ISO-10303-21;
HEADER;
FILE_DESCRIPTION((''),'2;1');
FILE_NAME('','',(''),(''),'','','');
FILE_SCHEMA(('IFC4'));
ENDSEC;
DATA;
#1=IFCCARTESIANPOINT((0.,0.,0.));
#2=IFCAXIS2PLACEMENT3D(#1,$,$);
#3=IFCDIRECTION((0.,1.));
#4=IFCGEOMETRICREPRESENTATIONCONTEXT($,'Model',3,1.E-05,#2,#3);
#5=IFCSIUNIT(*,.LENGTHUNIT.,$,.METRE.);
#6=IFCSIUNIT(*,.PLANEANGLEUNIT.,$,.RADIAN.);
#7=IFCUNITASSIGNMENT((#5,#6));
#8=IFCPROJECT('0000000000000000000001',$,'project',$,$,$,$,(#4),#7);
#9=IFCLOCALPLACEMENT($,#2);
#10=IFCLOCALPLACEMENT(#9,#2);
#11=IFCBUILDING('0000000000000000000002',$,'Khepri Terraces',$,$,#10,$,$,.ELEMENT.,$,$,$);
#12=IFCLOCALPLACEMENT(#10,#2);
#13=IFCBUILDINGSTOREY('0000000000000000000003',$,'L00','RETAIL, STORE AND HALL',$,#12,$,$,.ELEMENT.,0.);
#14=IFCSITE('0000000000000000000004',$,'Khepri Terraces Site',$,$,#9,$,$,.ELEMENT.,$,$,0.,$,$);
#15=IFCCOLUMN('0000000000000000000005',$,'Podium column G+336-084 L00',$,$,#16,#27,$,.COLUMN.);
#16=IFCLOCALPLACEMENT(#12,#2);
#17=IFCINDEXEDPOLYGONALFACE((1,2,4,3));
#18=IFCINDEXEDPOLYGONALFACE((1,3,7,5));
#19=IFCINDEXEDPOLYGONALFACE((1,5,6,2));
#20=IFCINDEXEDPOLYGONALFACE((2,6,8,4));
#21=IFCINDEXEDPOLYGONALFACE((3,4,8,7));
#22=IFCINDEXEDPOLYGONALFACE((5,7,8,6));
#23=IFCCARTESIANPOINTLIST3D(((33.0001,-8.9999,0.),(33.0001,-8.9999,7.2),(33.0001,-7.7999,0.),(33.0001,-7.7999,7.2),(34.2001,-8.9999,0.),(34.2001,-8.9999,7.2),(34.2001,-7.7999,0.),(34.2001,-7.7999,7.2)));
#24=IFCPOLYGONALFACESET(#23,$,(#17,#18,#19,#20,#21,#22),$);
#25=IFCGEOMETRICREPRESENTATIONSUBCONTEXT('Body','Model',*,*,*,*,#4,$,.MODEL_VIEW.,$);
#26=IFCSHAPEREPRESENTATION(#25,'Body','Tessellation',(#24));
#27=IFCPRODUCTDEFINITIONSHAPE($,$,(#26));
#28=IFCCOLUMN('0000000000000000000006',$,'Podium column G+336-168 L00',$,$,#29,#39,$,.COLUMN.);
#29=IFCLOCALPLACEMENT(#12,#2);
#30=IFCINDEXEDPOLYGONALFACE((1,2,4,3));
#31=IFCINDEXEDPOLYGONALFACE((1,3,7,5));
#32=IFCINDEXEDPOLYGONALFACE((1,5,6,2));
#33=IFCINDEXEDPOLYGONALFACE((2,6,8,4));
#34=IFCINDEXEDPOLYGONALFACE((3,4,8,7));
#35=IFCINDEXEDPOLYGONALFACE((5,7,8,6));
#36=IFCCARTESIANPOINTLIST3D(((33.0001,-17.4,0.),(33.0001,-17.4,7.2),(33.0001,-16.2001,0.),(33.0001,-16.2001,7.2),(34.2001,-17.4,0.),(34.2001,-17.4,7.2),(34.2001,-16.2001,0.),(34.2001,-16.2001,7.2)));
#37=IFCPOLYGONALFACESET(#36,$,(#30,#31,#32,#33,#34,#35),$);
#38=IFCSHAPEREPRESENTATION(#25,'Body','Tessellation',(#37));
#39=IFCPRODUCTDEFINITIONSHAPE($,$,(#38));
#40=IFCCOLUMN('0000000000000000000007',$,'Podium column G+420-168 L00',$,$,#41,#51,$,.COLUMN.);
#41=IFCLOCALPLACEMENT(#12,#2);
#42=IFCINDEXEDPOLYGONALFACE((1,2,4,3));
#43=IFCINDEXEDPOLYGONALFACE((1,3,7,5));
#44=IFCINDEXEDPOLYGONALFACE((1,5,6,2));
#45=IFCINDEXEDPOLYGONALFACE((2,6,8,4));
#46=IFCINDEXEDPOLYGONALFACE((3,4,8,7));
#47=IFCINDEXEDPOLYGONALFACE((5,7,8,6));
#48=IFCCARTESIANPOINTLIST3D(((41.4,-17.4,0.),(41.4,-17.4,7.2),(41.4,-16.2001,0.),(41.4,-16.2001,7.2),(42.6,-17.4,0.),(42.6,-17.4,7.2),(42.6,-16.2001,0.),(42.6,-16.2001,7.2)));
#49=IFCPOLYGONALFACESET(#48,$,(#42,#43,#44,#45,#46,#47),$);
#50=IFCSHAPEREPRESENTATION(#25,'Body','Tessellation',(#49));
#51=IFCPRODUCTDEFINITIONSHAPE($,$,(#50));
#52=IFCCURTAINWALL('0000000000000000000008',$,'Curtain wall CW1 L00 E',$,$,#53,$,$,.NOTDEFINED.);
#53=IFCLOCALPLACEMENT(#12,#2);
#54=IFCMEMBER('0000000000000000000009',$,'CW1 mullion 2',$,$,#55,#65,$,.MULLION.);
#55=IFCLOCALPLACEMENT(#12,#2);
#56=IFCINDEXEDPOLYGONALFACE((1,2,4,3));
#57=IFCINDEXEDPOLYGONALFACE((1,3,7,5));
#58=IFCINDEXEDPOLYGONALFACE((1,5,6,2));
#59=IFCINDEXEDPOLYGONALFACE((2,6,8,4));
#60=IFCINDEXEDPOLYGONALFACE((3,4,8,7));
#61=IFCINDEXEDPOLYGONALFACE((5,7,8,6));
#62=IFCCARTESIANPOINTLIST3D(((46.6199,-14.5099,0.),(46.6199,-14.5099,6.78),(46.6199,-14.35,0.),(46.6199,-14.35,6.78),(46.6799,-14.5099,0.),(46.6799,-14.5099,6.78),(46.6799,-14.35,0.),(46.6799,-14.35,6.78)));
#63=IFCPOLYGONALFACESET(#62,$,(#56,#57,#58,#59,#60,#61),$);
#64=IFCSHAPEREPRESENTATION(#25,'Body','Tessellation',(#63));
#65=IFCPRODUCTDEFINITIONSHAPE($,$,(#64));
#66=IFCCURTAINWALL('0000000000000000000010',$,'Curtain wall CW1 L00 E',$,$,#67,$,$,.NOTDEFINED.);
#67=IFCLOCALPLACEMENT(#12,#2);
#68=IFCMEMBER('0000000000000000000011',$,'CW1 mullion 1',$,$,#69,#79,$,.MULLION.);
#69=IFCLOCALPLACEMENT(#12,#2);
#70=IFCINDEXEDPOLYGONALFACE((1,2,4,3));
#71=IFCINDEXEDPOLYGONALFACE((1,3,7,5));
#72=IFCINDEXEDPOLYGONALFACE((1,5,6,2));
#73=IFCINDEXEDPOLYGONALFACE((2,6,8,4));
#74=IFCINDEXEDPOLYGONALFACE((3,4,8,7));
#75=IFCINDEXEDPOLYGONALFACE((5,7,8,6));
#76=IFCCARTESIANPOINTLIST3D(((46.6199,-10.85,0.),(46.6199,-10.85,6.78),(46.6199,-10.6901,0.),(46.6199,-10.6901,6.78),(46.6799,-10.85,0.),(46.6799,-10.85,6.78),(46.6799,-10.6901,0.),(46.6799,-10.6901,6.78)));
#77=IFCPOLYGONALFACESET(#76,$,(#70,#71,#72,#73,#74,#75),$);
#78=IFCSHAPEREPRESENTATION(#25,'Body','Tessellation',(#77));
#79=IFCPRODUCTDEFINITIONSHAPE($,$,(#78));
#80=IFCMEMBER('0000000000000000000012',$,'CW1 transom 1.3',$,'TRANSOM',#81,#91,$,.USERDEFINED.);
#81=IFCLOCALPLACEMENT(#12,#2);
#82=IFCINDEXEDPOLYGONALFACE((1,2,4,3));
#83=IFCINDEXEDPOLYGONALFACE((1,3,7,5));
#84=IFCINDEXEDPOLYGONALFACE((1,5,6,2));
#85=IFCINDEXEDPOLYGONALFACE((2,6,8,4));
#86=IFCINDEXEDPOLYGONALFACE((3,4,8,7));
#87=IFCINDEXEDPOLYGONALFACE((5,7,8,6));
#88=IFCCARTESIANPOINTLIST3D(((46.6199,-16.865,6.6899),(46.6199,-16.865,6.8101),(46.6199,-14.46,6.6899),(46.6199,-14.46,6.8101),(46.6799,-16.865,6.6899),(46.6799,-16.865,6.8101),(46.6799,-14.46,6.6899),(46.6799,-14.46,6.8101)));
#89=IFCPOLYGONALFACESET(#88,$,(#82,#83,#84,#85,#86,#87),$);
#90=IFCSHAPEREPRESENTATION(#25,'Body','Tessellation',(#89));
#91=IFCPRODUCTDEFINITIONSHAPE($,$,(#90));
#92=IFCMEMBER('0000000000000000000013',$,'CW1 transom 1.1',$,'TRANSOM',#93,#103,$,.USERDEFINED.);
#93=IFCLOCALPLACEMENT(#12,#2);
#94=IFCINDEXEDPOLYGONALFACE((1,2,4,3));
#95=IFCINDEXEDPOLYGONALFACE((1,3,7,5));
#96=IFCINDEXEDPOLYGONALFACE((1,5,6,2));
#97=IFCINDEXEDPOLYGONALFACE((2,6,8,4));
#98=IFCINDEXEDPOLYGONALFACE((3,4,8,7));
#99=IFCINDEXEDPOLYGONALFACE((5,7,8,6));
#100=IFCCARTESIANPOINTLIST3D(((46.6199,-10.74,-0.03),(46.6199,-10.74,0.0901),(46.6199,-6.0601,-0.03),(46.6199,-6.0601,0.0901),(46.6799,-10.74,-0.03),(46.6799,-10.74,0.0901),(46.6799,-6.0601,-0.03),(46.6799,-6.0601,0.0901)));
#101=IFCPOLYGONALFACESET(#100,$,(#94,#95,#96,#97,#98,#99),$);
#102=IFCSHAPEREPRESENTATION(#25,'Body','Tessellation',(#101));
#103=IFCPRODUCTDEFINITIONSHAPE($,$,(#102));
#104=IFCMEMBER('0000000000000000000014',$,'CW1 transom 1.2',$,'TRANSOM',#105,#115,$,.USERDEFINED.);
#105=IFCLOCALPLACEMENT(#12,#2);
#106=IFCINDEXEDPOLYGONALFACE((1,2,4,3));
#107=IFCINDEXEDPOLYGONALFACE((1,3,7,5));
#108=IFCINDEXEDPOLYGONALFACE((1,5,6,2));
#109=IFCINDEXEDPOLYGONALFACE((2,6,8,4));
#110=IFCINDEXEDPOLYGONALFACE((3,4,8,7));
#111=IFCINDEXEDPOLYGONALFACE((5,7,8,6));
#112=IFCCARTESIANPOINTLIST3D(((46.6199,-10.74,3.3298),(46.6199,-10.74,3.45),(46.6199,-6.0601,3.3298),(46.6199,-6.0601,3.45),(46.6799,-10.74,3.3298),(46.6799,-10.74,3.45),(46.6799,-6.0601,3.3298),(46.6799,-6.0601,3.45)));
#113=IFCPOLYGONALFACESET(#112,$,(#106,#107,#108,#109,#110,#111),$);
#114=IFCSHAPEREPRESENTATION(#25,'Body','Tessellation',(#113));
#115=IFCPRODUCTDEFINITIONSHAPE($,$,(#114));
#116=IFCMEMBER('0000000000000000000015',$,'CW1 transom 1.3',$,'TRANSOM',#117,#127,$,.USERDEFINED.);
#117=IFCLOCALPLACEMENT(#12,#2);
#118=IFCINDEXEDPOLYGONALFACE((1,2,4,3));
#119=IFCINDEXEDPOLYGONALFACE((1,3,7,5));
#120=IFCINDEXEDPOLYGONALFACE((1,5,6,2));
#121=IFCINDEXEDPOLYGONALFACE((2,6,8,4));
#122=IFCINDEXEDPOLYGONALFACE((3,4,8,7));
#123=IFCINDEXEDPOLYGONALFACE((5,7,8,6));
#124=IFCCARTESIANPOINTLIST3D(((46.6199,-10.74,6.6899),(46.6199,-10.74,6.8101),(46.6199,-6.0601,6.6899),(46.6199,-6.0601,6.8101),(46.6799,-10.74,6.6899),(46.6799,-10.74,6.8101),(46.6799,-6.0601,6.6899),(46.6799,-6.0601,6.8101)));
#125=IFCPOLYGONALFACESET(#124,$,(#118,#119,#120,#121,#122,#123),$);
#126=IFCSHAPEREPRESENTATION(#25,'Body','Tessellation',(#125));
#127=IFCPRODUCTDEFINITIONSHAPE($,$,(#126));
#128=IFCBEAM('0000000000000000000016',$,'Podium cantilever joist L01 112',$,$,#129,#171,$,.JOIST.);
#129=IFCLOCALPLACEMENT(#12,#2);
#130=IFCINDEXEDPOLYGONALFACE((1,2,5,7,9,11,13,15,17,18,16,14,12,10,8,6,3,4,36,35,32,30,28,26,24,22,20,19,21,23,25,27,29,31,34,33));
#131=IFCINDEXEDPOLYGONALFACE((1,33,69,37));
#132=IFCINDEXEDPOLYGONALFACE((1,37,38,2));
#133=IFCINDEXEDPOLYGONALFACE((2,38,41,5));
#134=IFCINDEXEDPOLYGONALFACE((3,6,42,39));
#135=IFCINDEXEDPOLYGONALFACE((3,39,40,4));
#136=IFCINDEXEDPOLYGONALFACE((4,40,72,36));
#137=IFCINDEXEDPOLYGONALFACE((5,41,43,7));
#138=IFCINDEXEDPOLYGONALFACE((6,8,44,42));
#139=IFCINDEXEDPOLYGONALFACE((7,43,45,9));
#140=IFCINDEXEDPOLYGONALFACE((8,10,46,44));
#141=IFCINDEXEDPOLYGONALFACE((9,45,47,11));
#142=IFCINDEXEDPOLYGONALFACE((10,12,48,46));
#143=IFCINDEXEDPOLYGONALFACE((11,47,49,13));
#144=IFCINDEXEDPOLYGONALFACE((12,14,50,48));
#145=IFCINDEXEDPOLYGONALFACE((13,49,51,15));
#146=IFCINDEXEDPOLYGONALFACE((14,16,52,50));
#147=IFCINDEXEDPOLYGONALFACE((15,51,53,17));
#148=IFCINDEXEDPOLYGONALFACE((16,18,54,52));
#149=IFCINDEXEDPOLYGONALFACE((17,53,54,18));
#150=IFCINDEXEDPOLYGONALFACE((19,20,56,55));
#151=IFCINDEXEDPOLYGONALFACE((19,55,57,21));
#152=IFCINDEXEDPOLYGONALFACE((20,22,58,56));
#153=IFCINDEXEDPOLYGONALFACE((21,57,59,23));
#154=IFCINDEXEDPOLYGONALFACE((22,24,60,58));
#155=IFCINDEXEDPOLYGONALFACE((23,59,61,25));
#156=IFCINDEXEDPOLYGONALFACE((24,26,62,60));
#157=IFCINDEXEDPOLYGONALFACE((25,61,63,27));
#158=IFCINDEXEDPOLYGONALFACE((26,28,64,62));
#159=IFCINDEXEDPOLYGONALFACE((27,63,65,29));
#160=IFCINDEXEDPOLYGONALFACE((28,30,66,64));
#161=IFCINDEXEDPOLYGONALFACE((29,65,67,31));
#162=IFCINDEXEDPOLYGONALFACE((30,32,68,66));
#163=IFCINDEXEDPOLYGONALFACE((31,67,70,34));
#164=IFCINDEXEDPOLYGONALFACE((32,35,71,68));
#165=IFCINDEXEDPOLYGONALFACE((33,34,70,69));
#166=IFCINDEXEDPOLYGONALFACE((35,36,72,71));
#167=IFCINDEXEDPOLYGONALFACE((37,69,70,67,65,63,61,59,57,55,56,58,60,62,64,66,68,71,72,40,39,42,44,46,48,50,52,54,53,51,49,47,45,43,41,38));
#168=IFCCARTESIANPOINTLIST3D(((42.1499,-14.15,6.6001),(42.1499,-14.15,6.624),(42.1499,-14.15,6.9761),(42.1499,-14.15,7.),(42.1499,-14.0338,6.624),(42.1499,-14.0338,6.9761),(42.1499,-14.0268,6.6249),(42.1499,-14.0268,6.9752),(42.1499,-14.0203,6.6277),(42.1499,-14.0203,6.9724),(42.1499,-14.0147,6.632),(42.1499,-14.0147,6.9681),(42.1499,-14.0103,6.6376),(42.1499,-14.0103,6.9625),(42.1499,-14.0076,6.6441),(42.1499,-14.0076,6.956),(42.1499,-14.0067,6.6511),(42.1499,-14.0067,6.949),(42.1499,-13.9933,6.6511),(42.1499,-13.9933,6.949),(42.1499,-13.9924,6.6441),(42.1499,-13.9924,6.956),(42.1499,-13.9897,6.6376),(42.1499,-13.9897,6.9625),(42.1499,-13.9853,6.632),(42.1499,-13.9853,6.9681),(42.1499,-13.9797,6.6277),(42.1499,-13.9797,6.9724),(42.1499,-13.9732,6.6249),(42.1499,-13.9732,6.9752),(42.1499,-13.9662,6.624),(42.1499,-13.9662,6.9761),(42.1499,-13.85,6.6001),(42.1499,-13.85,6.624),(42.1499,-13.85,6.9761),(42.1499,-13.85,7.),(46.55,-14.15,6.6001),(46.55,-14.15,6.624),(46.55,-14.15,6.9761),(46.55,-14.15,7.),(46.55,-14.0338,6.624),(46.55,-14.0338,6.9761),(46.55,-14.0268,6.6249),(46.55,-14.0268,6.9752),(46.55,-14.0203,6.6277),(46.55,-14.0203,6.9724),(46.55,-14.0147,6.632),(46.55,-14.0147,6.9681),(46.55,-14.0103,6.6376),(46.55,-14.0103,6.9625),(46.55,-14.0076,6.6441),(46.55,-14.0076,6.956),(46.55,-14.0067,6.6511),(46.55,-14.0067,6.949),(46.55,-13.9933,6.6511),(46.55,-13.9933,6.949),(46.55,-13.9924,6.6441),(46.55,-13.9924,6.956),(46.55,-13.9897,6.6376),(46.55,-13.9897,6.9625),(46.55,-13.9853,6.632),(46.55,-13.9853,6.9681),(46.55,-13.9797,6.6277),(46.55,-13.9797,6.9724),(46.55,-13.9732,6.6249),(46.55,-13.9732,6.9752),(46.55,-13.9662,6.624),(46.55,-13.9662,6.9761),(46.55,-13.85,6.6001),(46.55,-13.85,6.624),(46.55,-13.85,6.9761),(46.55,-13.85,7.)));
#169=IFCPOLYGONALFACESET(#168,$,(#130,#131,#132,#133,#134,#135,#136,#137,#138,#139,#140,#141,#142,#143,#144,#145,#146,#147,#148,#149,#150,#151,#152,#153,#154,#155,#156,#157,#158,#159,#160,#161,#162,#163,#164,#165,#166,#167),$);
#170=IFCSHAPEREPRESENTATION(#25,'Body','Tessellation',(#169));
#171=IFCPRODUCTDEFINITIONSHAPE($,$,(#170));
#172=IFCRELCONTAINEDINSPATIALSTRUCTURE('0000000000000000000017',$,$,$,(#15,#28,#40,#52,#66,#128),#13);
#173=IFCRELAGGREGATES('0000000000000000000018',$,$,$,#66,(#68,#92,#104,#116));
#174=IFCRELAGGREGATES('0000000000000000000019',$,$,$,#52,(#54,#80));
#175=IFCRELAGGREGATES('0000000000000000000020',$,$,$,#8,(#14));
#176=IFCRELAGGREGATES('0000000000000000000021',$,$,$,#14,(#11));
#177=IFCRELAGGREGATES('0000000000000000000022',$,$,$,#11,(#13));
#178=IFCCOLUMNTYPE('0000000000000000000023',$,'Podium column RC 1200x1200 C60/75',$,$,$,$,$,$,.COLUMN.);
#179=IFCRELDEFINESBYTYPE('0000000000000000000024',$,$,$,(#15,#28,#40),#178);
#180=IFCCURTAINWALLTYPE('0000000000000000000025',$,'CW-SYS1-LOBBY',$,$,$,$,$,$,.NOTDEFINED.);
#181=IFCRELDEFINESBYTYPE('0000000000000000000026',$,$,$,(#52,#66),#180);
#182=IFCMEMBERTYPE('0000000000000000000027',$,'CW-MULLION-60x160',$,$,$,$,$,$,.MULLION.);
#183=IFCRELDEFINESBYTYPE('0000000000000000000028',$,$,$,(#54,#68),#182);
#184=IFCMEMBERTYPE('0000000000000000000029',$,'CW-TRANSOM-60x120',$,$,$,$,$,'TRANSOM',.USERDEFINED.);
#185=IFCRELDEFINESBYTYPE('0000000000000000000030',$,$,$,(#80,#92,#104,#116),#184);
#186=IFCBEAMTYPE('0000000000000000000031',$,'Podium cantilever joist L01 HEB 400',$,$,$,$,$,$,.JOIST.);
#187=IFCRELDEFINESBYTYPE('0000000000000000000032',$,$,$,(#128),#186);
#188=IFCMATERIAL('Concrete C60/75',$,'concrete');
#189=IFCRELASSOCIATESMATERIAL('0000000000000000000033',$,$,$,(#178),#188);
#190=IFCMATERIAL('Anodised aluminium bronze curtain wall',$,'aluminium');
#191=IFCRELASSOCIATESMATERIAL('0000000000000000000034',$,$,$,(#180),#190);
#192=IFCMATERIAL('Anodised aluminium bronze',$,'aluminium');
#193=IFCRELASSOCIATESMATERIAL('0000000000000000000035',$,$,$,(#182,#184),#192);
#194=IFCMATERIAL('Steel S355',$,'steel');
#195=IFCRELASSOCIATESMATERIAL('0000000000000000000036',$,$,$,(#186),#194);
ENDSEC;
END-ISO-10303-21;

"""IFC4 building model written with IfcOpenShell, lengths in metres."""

from ifc_helpers import new_model, si_unit, direction, frame, origin, origin_2d, place, context, subcontext, project, spatial, rectangle, i_section, extrude, material, material_profile, profile_set, type_object, element, aggregate, save


model = new_model("IFC4")

# Units and contexts
model_context = context("Model", 3, precision=1e-05, world=origin(), true_north=direction((0.0, 1.0)))
body_context = subcontext(model_context, "Body", "Model", "MODEL_VIEW")
ifc_project = project(units=[si_unit("LENGTHUNIT", "METRE"), si_unit("PLANEANGLEUNIT", "RADIAN")], contexts=[model_context])

# Site, building, storey
site_placement = place(None, origin())
site = spatial("IfcSite", under=ifc_project, at=site_placement, Name="Khepri Terraces Site", CompositionType="ELEMENT", RefElevation=0.0)
building_placement = place(site_placement, origin())
building = spatial("IfcBuilding", under=site, at=building_placement, Name="Khepri Terraces", CompositionType="ELEMENT")
storey_placement = place(building_placement, origin())
storey = spatial("IfcBuildingStorey", under=building, at=storey_placement, Name="L00", Description="RETAIL, STORE AND HALL", CompositionType="ELEMENT", Elevation=0.0)

# Columns
ifc_material_1 = material(Name="Concrete C60/75", Category="concrete")
ifc_material_profile_1 = material_profile(ifc_material_1, rectangle(XDim=1.2, YDim=1.2, at=origin_2d()), Name="Concrete C60/75", Category="concrete")
ifc_profile_set_1 = profile_set([ifc_material_profile_1], Name="Concrete C60/75")
column_type = type_object("IfcColumnType", Name="Podium column RC 1200x1200 C60/75", PredefinedType="COLUMN", material=ifc_profile_set_1)
for number, where, z_axis, x_axis, name in (
    (1, (33.6001, -8.3999, 0.0), (0.0, 0.0, 1.0), (1.0, 0.0, 0.0), "Podium column G+336-084 L00"),
    (2, (33.6001, -16.8, 0.0), (0.0, 0.0, 1.0), (1.0, 0.0, 0.0), "Podium column G+336-168 L00"),
    (3, (42.0, -16.8, 0.0), (0.0, 0.0, 1.0), (1.0, 0.0, 0.0), "Podium column G+420-168 L00"),
):
    element("IfcColumn", number, at=place(storey_placement, frame(where, z_axis=z_axis, x_axis=x_axis)), inside=storey, type_object=column_type, Name=name, PredefinedType="COLUMN", context=body_context, shape_type="SweptSolid", body=[
        extrude(rectangle(XDim=1.2, YDim=1.2, at=origin_2d()), origin(), (0.0, 0.0, 1.0), 7.2),
    ])

# Curtain walls, members
ifc_material_2 = material(Name="Anodised aluminium bronze curtain wall", Category="aluminium")
curtain_wall_type = type_object("IfcCurtainWallType", Name="CW-SYS1-LOBBY", PredefinedType="NOTDEFINED", material=ifc_material_2)
curtain_wall_1_placement = place(storey_placement, origin())
curtain_wall_1 = element("IfcCurtainWall", 4, at=curtain_wall_1_placement, inside=storey, type_object=curtain_wall_type, Name="Curtain wall CW1 L00 E", PredefinedType="NOTDEFINED")
ifc_material_3 = material(Name="Anodised aluminium bronze", Category="aluminium")
ifc_material_profile_2 = material_profile(ifc_material_3, rectangle(XDim=0.0601, YDim=0.1599, at=origin_2d()), Name="Anodised aluminium bronze", Category="aluminium")
ifc_profile_set_2 = profile_set([ifc_material_profile_2], Name="Anodised aluminium bronze")
member_type_1 = type_object("IfcMemberType", Name="CW-MULLION-60x160", PredefinedType="MULLION", material=ifc_profile_set_2)
member_1_placement = place(storey_placement, frame((46.6499, -14.4299, 0.0), z_axis=(0.0, 0.0, 1.0), x_axis=(-1.0, 0.0, 0.0)))
member_1 = element("IfcMember", 5, at=member_1_placement, type_object=member_type_1, Name="CW1 mullion 2", PredefinedType="MULLION", context=body_context, shape_type="SweptSolid", body=[
    extrude(rectangle(XDim=0.0601, YDim=0.1599, at=origin_2d()), origin(), (0.0, 0.0, 1.0), 6.78),
])
curtain_wall_2_placement = place(storey_placement, origin())
curtain_wall_2 = element("IfcCurtainWall", 6, at=curtain_wall_2_placement, inside=storey, type_object=curtain_wall_type, Name="Curtain wall CW1 L00 E", PredefinedType="NOTDEFINED")
member_2_placement = place(storey_placement, frame((46.6499, -10.77, 0.0), z_axis=(0.0, 0.0, 1.0), x_axis=(-1.0, 0.0, 0.0)))
member_2 = element("IfcMember", 7, at=member_2_placement, type_object=member_type_1, Name="CW1 mullion 1", PredefinedType="MULLION", context=body_context, shape_type="SweptSolid", body=[
    extrude(rectangle(XDim=0.0601, YDim=0.1599, at=origin_2d()), origin(), (0.0, 0.0, 1.0), 6.78),
])

# Members
ifc_material_profile_3 = material_profile(ifc_material_3, rectangle(XDim=0.0601, YDim=0.1201, at=origin_2d()), Name="Anodised aluminium bronze", Category="aluminium")
ifc_profile_set_3 = profile_set([ifc_material_profile_3], Name="Anodised aluminium bronze")
member_type_2 = type_object("IfcMemberType", Name="CW-TRANSOM-60x120", ElementType="TRANSOM", PredefinedType="USERDEFINED", material=ifc_profile_set_3)
member_3_placement = place(storey_placement, frame((46.6499, -16.865, 6.75), z_axis=(0.0, 1.0, 0.0), x_axis=(-1.0, 0.0, 0.0)))
member_3 = element("IfcMember", 8, at=member_3_placement, type_object=member_type_2, Name="CW1 transom 1.3", ObjectType="TRANSOM", PredefinedType="USERDEFINED", context=body_context, shape_type="SweptSolid", body=[
    extrude(rectangle(XDim=0.0601, YDim=0.1201, at=origin_2d()), origin(), (0.0, 0.0, 1.0), 2.405),
])
member_4_placement = place(storey_placement, frame((46.6499, -10.74, 0.03), z_axis=(0.0, 1.0, 0.0), x_axis=(-1.0, 0.0, 0.0)))
member_4 = element("IfcMember", 9, at=member_4_placement, type_object=member_type_2, Name="CW1 transom 1.1", ObjectType="TRANSOM", PredefinedType="USERDEFINED", context=body_context, shape_type="SweptSolid", body=[
    extrude(rectangle(XDim=0.0601, YDim=0.1201, at=origin_2d()), origin(), (0.0, 0.0, 1.0), 4.6799),
])
member_5_placement = place(storey_placement, frame((46.6499, -10.74, 3.3899), z_axis=(0.0, 1.0, 0.0), x_axis=(-1.0, 0.0, 0.0)))
member_5 = element("IfcMember", 10, at=member_5_placement, type_object=member_type_2, Name="CW1 transom 1.2", ObjectType="TRANSOM", PredefinedType="USERDEFINED", context=body_context, shape_type="SweptSolid", body=[
    extrude(rectangle(XDim=0.0601, YDim=0.1201, at=origin_2d()), origin(), (0.0, 0.0, 1.0), 4.6799),
])
member_6_placement = place(storey_placement, frame((46.6499, -10.74, 6.75), z_axis=(0.0, 1.0, 0.0), x_axis=(-1.0, 0.0, 0.0)))
member_6 = element("IfcMember", 11, at=member_6_placement, type_object=member_type_2, Name="CW1 transom 1.3", ObjectType="TRANSOM", PredefinedType="USERDEFINED", context=body_context, shape_type="SweptSolid", body=[
    extrude(rectangle(XDim=0.0601, YDim=0.1201, at=origin_2d()), origin(), (0.0, 0.0, 1.0), 4.6799),
])
aggregate(curtain_wall_2, [member_2, member_4, member_5, member_6])

# Beam
ifc_material_4 = material(Name="Steel S355", Category="steel")
ifc_material_profile_4 = material_profile(ifc_material_4, i_section(OverallWidth=0.3, OverallDepth=0.3999, WebThickness=0.0134, FlangeThickness=0.0239, FilletRadius=0.0271, at=origin_2d()), Name="Steel S355", Category="steel")
ifc_profile_set_4 = profile_set([ifc_material_profile_4], Name="Steel S355")
beam_type_1 = type_object("IfcBeamType", Name="Podium cantilever joist L01 HEB 400", PredefinedType="JOIST", material=ifc_profile_set_4)
for number, where, z_axis, x_axis, name in (
    (12, (42.1499, -14.0, 6.8), (1.0, 0.0, 0.0), (0.0, 1.0, 0.0), "Podium cantilever joist L01 112"),
):
    element("IfcBeam", number, at=place(storey_placement, frame(where, z_axis=z_axis, x_axis=x_axis)), inside=storey, type_object=beam_type_1, Name=name, PredefinedType="JOIST", context=body_context, shape_type="SweptSolid", body=[
        extrude(i_section(OverallWidth=0.3, OverallDepth=0.3999, WebThickness=0.0134, FlangeThickness=0.0239, FilletRadius=0.0271, at=origin_2d()), origin(), (0.0, 0.0, 1.0), 4.4001),
    ])

aggregate(curtain_wall_1, [member_1, member_3])

save(model, "model.ifc")
